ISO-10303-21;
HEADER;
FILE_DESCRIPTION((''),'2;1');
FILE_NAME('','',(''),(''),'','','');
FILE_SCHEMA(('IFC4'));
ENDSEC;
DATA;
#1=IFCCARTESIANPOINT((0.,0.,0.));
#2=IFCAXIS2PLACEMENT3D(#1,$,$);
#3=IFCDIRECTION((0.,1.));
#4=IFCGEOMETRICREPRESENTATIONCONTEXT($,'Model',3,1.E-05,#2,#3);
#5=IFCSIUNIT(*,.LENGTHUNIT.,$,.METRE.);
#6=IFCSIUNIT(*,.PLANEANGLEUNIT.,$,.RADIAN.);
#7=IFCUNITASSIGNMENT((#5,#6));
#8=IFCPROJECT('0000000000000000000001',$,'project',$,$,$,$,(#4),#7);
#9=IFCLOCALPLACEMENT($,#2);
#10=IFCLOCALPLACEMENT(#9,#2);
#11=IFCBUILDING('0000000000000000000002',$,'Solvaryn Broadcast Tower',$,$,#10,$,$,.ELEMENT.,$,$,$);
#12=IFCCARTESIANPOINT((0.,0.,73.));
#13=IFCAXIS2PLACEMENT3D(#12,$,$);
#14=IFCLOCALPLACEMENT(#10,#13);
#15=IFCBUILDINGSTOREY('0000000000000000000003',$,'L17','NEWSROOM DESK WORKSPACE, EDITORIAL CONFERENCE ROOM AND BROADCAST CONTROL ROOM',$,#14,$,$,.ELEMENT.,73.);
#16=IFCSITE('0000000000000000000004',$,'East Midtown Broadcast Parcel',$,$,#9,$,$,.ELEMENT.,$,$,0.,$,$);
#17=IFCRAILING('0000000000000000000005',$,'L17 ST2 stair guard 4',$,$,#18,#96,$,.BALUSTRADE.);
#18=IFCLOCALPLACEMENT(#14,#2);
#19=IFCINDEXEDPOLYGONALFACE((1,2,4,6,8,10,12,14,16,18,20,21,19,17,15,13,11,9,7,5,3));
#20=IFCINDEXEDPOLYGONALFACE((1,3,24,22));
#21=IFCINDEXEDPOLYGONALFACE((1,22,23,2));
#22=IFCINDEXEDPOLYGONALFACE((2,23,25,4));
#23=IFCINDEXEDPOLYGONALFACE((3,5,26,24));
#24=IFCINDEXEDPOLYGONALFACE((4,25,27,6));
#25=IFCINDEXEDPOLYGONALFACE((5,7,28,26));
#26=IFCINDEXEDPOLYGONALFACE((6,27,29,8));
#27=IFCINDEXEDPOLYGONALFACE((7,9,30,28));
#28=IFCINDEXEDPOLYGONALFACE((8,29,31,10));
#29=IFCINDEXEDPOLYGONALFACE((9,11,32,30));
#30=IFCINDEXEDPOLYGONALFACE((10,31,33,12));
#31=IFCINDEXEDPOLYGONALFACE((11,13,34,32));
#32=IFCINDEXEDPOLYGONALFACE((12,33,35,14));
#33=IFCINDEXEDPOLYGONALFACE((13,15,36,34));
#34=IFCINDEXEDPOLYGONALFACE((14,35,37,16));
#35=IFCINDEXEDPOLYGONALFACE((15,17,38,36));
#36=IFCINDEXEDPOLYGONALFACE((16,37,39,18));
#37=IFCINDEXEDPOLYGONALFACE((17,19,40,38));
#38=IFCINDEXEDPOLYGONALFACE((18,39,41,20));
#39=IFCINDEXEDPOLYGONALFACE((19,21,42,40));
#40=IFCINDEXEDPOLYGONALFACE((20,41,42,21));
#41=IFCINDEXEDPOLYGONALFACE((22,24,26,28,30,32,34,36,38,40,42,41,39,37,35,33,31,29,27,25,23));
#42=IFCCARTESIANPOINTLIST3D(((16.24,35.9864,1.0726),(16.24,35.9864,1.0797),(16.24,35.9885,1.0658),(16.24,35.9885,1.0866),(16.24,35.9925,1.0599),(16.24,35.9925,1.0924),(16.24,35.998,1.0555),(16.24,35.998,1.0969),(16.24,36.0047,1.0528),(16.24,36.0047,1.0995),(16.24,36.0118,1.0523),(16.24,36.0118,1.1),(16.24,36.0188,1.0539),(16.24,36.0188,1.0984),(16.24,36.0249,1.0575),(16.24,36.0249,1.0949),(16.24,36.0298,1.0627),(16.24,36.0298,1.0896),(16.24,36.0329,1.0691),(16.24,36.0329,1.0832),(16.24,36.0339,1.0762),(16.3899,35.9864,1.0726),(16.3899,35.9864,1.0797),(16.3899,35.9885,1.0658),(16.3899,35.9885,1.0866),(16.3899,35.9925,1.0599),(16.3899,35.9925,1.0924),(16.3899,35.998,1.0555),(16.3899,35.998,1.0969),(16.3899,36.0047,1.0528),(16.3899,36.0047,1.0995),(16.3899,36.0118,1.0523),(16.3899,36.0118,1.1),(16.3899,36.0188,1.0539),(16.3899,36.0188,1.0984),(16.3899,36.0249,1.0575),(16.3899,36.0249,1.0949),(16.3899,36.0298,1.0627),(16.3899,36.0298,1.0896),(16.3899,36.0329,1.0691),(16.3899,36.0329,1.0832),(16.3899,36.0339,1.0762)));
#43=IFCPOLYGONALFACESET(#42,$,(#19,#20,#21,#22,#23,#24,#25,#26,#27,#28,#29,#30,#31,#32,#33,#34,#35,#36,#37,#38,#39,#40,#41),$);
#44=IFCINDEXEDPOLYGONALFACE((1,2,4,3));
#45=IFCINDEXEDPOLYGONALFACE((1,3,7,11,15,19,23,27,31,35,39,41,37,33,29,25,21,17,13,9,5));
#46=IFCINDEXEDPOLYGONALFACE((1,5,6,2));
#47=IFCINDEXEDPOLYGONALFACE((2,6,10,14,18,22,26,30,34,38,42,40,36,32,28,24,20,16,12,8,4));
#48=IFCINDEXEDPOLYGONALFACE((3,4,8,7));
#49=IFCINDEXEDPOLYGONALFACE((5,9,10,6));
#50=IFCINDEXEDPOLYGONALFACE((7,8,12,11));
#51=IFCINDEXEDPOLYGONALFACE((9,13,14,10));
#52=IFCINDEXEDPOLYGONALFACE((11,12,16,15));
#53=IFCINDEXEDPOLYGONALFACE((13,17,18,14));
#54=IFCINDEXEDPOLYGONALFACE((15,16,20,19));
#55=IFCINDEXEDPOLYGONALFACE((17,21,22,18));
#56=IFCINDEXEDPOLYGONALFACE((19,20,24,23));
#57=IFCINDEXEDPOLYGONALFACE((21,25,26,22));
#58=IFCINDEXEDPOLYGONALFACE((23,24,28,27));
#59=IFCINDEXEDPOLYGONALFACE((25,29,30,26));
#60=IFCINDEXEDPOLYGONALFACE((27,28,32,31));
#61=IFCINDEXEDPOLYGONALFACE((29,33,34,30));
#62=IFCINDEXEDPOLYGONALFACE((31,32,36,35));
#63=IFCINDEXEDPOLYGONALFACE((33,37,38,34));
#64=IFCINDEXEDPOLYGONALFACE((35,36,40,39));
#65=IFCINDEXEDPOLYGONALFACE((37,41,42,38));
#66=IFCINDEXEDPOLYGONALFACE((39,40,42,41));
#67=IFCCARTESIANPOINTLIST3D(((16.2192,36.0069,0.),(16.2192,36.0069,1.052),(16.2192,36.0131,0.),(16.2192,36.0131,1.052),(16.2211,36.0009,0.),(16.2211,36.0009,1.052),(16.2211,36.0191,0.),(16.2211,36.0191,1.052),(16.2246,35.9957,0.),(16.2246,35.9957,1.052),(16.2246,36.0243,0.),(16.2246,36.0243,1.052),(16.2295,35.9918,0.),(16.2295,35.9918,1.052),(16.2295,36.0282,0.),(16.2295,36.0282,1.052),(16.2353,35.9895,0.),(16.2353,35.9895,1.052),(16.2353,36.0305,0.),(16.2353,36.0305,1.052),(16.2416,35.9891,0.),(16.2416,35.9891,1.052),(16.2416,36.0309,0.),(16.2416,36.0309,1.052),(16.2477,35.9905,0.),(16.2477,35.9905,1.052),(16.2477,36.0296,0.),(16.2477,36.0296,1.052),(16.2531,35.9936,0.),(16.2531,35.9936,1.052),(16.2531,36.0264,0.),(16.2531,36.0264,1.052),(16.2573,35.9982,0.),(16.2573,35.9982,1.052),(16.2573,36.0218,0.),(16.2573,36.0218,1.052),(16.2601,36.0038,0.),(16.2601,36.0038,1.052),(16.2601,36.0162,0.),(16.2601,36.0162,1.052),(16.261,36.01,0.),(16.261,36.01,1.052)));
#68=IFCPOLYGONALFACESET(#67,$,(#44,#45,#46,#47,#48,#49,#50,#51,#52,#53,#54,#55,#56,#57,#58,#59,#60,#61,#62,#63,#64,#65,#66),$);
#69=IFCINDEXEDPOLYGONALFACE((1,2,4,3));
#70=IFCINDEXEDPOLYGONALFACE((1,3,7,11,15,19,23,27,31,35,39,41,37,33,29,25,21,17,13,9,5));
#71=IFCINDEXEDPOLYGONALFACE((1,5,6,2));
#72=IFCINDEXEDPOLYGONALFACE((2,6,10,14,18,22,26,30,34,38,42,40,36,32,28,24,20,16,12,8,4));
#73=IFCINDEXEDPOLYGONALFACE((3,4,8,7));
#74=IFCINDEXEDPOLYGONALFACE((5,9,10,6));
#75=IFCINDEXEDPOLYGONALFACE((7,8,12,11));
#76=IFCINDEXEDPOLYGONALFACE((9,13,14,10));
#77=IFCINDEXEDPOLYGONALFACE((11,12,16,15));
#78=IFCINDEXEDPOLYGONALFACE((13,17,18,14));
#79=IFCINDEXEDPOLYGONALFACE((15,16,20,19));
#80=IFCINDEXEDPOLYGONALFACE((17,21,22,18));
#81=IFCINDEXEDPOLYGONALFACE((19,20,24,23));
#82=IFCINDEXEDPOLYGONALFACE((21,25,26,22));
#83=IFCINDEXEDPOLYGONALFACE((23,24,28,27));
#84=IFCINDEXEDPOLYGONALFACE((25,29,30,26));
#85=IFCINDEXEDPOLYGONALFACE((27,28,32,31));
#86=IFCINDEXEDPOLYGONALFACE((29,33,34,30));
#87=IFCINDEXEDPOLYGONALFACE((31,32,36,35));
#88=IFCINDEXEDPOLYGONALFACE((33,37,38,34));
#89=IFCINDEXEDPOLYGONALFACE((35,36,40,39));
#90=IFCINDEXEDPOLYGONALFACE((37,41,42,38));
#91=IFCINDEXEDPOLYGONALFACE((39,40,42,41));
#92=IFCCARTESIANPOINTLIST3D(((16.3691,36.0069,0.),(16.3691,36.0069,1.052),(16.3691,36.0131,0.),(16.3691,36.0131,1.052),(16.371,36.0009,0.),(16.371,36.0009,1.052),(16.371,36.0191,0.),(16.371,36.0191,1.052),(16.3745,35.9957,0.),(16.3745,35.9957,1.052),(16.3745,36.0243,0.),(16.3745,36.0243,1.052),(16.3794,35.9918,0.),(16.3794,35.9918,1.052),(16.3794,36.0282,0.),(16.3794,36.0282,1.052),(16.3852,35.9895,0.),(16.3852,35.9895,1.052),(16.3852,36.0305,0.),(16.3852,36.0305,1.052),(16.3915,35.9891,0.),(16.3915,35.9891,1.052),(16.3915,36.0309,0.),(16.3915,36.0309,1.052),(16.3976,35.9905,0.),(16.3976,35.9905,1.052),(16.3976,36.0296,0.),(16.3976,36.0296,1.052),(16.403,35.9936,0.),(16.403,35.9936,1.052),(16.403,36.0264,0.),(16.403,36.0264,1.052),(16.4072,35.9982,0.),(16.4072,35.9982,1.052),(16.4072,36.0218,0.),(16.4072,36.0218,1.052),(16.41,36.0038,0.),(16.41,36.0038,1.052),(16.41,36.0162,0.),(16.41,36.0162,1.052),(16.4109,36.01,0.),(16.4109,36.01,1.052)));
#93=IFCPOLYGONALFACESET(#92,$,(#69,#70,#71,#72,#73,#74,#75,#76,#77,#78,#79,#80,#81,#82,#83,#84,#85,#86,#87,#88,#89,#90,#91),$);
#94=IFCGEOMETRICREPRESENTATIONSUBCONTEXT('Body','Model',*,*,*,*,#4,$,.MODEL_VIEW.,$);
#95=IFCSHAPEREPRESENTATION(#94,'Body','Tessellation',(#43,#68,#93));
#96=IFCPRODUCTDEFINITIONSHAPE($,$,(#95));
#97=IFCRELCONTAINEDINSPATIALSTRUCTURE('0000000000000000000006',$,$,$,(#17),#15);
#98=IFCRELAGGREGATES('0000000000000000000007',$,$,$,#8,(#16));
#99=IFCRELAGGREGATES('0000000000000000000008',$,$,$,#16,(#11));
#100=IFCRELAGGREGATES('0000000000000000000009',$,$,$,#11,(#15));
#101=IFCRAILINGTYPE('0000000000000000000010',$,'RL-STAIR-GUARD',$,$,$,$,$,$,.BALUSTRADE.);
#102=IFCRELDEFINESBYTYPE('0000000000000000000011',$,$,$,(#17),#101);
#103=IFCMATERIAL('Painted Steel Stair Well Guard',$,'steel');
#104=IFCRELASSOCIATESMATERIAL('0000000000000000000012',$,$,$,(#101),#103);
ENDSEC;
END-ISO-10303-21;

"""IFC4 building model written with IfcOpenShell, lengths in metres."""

from ifc_helpers import new_model, si_unit, direction, frame, origin, origin_2d, place, context, subcontext, project, spatial, circle, extrude, material, type_object, element, save


model = new_model("IFC4")

# Units and contexts
model_context = context("Model", 3, precision=1e-05, world=origin(), true_north=direction((0.0, 1.0)))
body_context = subcontext(model_context, "Body", "Model", "MODEL_VIEW")
ifc_project = project(units=[si_unit("LENGTHUNIT", "METRE"), si_unit("PLANEANGLEUNIT", "RADIAN")], contexts=[model_context])

# Site, building, storey
site_placement = place(None, origin())
site = spatial("IfcSite", under=ifc_project, at=site_placement, Name="East Midtown Broadcast Parcel", CompositionType="ELEMENT", RefElevation=0.0)
building_placement = place(site_placement, origin())
building = spatial("IfcBuilding", under=site, at=building_placement, Name="Solvaryn Broadcast Tower", CompositionType="ELEMENT")
storey_placement = place(building_placement, frame((0.0, 0.0, 73.0)))
storey = spatial("IfcBuildingStorey", under=building, at=storey_placement, Name="L17", Description="NEWSROOM DESK WORKSPACE, EDITORIAL CONFERENCE ROOM AND BROADCAST CONTROL ROOM", CompositionType="ELEMENT", Elevation=73.0)

# Railing
ifc_material_1 = material(Name="Painted Steel Stair Well Guard", Category="steel")
railing_type_1 = type_object("IfcRailingType", Name="RL-STAIR-GUARD", PredefinedType="BALUSTRADE", material=ifc_material_1)
railing_1_placement = place(storey_placement, frame((16.24, 36.01, 0.0)))
element("IfcRailing", 1, at=railing_1_placement, inside=storey, type_object=railing_type_1, Name="L17 ST2 stair guard 4", PredefinedType="BALUSTRADE", context=body_context, shape_type="SweptSolid", body=[
    extrude(circle(Radius=0.0239, at=origin_2d()), frame((0.0, 0.0, 1.0762), z_axis=(1.0, 0.0, 0.0), x_axis=(0.0, 1.0, 0.0)), (0.0, 0.0, 1.0), 0.1499),
    extrude(circle(Radius=0.021, at=origin_2d()), origin(), (0.0, 0.0, 1.0), 1.052),
    extrude(circle(Radius=0.021, at=origin_2d()), frame((0.1499, 0.0, 0.0)), (0.0, 0.0, 1.0), 1.052),
])

save(model, "model.ifc")
